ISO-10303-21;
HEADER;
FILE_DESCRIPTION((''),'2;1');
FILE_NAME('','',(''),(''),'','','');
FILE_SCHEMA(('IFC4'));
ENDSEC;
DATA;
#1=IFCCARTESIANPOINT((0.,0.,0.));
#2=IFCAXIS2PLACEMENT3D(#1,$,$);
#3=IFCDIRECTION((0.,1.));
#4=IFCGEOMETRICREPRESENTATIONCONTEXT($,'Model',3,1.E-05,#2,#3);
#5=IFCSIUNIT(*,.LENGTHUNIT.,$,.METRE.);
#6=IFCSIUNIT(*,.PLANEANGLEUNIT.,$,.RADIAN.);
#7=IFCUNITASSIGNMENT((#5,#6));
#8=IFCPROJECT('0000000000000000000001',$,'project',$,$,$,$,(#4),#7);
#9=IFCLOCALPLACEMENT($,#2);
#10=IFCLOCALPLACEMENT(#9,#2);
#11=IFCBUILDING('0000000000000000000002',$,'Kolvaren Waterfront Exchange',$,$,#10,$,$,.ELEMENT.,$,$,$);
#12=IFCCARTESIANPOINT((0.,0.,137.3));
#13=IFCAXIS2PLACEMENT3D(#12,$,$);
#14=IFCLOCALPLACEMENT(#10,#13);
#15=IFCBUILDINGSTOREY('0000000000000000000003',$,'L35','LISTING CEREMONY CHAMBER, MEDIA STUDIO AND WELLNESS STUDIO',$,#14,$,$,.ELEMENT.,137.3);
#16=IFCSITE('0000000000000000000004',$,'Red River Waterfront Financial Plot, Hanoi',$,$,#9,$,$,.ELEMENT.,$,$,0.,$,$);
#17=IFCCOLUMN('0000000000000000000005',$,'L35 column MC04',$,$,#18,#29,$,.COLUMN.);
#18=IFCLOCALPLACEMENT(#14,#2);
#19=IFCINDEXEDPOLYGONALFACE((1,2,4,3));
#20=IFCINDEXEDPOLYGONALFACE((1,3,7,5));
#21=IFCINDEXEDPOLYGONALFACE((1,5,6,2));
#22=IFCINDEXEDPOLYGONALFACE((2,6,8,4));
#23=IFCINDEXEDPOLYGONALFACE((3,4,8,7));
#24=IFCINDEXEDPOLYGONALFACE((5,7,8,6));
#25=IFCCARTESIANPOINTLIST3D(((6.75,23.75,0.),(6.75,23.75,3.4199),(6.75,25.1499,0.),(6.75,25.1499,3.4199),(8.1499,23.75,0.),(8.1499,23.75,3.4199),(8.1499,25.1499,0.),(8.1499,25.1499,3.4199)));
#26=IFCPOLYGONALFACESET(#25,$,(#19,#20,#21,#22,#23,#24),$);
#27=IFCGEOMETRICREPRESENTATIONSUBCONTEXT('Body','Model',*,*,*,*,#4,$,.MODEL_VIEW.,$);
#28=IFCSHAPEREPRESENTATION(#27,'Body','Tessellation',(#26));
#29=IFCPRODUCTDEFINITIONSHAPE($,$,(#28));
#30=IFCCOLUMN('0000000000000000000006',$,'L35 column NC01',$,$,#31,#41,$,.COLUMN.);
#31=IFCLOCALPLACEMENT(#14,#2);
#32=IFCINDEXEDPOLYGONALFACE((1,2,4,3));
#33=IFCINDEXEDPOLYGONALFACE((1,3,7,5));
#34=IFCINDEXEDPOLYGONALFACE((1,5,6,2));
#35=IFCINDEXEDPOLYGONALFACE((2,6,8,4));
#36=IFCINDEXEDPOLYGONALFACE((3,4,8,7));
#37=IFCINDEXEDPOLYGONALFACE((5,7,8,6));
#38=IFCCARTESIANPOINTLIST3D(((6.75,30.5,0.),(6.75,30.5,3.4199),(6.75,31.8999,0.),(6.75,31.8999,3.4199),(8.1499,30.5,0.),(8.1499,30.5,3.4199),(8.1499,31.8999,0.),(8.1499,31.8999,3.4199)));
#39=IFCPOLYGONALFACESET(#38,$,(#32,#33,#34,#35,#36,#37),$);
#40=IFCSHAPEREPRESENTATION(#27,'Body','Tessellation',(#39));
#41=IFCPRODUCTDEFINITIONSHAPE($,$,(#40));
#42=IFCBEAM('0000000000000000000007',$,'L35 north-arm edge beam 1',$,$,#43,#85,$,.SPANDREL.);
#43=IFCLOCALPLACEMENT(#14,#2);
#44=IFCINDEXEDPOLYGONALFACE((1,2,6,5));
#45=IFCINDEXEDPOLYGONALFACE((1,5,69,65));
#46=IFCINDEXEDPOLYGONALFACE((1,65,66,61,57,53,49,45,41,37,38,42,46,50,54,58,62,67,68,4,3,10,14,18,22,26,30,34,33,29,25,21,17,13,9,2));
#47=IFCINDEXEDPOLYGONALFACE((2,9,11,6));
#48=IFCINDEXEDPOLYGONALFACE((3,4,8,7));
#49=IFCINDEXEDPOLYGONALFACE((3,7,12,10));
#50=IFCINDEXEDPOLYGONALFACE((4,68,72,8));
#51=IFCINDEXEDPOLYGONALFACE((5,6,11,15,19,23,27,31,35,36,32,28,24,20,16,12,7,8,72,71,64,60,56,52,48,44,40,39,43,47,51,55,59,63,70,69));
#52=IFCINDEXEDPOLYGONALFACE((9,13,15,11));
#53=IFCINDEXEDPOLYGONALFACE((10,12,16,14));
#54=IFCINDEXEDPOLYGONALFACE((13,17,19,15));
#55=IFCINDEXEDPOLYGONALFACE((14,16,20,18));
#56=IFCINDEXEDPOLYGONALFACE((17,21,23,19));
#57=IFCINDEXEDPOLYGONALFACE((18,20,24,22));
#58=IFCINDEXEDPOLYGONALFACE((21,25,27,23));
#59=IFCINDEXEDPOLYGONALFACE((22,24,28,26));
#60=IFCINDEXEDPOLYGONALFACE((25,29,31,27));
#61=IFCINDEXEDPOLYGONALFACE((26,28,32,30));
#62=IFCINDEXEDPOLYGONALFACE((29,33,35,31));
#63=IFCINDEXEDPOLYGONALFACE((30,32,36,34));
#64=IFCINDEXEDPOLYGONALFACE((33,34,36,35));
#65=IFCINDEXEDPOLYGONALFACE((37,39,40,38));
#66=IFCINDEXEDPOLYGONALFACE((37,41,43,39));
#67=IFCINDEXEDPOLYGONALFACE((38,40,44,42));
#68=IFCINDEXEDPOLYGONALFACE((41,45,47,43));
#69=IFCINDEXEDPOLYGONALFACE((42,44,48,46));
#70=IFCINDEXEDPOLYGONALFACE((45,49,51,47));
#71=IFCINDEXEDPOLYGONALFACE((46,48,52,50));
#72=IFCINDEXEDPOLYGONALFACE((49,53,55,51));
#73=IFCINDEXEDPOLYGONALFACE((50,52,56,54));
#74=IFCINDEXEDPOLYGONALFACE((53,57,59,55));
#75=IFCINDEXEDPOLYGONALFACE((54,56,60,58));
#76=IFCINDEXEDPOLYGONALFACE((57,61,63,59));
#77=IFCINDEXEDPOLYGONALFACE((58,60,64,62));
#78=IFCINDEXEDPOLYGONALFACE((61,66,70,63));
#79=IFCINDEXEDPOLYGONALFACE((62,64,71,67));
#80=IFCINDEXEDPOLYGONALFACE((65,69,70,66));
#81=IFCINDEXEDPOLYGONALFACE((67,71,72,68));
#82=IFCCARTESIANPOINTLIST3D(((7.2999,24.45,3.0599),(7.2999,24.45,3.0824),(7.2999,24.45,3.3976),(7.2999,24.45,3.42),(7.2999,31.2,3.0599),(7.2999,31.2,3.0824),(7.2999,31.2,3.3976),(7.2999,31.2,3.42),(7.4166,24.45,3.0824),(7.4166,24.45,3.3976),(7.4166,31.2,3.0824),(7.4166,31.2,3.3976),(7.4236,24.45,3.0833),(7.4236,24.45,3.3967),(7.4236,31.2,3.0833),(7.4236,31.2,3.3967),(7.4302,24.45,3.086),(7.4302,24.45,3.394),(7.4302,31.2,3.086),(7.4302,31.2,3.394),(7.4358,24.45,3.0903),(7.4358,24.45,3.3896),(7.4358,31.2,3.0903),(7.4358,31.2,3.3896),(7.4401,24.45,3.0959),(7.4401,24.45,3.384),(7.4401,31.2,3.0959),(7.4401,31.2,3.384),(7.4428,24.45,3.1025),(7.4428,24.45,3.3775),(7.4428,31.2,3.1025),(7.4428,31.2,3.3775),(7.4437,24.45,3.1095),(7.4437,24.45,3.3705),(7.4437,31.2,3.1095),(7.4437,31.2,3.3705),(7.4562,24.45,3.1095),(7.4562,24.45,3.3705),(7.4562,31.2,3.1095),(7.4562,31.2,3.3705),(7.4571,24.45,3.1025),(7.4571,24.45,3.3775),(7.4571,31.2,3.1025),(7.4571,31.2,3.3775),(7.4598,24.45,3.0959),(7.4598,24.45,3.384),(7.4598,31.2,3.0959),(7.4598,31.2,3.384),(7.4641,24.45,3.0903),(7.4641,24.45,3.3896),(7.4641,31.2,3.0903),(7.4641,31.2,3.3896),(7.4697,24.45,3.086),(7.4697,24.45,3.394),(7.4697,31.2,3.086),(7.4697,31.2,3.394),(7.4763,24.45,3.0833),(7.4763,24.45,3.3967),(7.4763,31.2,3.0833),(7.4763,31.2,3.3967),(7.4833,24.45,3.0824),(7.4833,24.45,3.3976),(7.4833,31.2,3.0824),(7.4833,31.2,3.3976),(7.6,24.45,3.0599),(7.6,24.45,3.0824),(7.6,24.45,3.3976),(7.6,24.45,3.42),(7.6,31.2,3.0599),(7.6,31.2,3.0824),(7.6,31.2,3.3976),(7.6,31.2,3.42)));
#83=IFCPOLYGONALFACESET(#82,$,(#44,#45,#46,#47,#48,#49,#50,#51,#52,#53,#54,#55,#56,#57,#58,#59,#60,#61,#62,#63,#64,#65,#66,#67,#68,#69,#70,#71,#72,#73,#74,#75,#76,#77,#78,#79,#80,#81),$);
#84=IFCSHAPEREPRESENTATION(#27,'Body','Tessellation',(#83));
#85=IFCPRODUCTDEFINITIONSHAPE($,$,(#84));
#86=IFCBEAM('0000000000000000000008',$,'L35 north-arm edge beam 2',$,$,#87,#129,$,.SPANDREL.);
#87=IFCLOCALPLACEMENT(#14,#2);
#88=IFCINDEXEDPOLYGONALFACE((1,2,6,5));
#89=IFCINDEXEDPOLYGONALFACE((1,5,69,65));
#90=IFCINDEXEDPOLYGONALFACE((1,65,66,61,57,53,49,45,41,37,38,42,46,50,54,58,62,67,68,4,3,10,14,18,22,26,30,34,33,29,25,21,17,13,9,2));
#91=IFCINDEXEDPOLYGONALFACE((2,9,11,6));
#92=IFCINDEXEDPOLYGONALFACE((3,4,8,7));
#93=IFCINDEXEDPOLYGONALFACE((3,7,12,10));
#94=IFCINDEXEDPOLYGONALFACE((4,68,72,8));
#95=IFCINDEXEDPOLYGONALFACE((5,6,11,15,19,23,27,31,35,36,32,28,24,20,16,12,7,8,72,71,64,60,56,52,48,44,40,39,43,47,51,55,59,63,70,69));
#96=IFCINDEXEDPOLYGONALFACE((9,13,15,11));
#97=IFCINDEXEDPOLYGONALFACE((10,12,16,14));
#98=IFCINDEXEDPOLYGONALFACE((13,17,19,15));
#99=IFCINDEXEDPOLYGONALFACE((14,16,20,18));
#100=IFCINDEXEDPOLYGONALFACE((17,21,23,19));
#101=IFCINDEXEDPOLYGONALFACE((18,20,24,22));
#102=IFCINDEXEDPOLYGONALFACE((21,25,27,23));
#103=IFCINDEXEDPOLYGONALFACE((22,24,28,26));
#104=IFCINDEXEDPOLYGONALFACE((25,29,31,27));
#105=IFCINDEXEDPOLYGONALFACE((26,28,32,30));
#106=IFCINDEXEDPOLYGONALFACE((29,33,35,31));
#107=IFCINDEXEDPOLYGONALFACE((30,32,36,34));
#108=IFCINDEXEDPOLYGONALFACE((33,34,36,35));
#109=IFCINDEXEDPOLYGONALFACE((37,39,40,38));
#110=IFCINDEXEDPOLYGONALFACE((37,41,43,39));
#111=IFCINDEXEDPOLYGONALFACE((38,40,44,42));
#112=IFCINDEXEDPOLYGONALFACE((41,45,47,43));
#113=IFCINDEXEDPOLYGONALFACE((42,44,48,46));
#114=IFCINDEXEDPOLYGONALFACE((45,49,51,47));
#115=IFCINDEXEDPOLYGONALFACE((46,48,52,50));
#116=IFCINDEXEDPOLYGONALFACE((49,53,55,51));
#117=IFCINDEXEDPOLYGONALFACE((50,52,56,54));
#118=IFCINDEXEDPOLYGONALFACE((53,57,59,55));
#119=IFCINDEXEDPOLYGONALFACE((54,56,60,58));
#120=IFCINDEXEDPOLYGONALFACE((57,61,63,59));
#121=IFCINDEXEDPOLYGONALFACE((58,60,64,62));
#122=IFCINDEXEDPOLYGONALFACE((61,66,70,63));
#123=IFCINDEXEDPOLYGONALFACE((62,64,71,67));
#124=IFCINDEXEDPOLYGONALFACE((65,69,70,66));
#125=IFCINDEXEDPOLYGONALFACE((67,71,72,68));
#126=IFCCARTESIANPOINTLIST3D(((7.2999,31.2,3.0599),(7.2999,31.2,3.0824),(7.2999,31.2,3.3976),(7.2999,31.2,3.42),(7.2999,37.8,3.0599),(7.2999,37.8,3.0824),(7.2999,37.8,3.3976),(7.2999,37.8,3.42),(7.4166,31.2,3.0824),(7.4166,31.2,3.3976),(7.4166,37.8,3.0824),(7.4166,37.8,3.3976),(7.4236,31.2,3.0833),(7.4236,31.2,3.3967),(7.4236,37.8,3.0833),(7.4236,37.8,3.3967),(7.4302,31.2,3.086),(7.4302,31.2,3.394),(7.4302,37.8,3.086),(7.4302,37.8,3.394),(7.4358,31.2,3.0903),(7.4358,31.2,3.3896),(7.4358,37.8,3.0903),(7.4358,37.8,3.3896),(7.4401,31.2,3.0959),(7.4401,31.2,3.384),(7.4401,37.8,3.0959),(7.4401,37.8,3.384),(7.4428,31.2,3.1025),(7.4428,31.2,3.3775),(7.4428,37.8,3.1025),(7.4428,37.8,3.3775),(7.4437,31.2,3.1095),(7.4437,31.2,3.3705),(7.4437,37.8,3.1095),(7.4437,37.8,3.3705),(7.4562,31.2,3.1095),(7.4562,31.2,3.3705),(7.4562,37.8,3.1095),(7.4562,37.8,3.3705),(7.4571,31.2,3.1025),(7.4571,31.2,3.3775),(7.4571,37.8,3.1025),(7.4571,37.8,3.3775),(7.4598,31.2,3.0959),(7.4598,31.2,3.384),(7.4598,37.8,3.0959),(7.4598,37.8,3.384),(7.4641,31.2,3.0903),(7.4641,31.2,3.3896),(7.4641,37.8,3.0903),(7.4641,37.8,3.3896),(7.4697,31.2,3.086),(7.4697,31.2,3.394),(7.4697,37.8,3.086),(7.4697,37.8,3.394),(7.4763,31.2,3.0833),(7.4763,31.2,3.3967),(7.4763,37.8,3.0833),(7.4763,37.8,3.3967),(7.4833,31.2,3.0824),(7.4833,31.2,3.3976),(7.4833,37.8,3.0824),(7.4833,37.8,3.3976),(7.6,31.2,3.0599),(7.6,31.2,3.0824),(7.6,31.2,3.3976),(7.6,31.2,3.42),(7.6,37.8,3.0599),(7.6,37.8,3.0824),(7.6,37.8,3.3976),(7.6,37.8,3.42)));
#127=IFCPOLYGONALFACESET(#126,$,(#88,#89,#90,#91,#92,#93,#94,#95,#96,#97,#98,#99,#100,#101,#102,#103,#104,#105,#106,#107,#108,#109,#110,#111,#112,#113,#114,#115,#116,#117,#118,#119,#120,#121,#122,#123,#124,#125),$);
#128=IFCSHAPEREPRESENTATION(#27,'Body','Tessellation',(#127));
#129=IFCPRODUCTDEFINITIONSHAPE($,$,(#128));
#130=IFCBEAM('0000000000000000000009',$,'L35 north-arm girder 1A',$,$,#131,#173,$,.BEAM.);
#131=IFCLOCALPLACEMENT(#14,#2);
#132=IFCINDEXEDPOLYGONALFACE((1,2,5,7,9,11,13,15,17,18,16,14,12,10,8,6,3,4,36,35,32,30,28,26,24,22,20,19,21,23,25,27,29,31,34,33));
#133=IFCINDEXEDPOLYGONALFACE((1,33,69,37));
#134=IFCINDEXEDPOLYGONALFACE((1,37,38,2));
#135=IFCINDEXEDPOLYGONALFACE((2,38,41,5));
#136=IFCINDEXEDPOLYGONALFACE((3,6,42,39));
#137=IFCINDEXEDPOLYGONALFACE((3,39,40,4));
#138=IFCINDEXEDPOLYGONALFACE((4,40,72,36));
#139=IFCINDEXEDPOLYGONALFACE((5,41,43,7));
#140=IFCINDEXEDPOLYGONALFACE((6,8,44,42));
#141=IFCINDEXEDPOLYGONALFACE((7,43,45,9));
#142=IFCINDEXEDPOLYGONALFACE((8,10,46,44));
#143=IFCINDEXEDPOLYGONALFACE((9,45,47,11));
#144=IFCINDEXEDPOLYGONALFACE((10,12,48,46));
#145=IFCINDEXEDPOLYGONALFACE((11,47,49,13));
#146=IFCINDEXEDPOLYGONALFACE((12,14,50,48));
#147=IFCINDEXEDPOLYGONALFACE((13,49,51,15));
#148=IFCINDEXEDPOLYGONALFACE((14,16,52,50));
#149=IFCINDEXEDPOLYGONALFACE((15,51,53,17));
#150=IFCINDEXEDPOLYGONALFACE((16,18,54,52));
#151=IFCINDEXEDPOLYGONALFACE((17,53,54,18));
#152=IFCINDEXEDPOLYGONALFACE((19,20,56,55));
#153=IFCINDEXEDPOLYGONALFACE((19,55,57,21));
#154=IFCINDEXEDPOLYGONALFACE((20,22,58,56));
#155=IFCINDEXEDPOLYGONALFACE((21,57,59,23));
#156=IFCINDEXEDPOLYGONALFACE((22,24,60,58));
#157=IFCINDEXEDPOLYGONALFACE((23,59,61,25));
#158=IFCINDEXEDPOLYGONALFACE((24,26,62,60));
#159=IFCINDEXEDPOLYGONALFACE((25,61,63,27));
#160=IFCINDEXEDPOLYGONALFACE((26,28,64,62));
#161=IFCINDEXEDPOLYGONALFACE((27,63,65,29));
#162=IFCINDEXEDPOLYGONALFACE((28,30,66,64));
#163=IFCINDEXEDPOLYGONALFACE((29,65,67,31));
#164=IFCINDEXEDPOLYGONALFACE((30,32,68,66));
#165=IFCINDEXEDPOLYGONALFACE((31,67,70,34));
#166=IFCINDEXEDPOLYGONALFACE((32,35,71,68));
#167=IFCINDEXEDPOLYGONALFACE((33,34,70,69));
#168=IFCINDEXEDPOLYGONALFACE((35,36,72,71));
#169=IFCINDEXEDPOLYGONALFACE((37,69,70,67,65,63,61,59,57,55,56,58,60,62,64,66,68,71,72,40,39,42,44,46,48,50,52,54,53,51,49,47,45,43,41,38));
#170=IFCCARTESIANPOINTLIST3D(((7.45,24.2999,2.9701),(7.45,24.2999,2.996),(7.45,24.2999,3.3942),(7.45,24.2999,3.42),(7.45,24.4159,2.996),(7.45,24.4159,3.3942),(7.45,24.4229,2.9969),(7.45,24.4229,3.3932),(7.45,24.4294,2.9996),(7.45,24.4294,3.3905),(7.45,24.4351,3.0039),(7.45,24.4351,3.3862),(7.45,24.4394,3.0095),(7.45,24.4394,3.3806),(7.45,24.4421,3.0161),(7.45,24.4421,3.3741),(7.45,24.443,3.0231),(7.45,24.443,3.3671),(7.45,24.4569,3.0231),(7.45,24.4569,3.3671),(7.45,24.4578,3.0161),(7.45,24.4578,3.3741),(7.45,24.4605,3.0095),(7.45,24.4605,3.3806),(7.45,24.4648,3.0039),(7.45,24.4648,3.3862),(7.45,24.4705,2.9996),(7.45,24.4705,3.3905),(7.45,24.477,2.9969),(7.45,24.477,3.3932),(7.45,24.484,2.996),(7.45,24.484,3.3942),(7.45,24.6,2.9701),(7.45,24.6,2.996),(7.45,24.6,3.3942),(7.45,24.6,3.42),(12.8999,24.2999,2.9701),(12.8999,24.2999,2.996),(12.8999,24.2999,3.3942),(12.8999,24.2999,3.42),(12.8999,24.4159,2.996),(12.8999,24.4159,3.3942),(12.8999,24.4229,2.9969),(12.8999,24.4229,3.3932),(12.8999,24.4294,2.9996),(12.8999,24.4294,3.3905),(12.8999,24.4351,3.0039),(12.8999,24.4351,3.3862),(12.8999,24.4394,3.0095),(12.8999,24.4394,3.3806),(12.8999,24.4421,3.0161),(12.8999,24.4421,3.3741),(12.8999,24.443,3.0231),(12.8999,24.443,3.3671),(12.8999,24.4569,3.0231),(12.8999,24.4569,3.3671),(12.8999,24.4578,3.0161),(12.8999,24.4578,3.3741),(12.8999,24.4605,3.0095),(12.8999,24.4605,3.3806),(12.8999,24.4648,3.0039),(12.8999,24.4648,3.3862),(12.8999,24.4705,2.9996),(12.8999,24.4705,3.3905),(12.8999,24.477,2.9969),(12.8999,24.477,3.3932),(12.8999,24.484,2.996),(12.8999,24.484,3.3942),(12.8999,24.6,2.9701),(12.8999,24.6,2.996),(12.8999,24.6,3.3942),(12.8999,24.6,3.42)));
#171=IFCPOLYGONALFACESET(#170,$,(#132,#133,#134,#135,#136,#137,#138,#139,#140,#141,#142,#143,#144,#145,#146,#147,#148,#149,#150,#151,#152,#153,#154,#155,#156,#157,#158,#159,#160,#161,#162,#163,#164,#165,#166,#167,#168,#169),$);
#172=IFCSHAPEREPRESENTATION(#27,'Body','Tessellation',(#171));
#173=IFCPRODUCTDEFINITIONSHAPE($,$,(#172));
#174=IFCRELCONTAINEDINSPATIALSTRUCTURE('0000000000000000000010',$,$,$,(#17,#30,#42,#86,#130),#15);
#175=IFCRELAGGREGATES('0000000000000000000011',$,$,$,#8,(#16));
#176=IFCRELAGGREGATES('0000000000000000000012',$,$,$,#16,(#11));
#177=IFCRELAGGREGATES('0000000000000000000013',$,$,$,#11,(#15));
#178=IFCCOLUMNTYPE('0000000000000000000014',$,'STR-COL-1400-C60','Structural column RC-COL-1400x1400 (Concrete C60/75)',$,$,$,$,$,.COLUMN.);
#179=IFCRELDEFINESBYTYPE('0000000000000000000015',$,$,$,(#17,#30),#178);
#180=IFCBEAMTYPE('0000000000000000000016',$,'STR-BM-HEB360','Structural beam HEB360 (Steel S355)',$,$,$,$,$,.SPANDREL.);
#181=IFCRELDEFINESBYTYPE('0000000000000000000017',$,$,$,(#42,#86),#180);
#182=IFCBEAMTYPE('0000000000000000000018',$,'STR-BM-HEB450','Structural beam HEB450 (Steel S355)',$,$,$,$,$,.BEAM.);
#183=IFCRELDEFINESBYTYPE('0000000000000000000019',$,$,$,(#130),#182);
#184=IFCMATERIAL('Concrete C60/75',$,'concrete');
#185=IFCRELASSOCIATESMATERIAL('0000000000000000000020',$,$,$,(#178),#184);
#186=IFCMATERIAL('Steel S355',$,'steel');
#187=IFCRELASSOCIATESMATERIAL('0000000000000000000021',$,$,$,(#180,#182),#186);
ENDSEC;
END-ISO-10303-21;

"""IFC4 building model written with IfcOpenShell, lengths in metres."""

from ifc_helpers import new_model, si_unit, direction, frame, origin, origin_2d, place, context, subcontext, project, spatial, rectangle, i_section, extrude, material, material_profile, profile_set, type_object, element, save


model = new_model("IFC4")

# Units and contexts
model_context = context("Model", 3, precision=1e-05, world=origin(), true_north=direction((0.0, 1.0)))
body_context = subcontext(model_context, "Body", "Model", "MODEL_VIEW")
ifc_project = project(units=[si_unit("LENGTHUNIT", "METRE"), si_unit("PLANEANGLEUNIT", "RADIAN")], contexts=[model_context])

# Site, building, storey
site_placement = place(None, origin())
site = spatial("IfcSite", under=ifc_project, at=site_placement, Name="Red River Waterfront Financial Plot, Hanoi", CompositionType="ELEMENT", RefElevation=0.0)
building_placement = place(site_placement, origin())
building = spatial("IfcBuilding", under=site, at=building_placement, Name="Kolvaren Waterfront Exchange", CompositionType="ELEMENT")
storey_placement = place(building_placement, frame((0.0, 0.0, 137.3)))
storey = spatial("IfcBuildingStorey", under=building, at=storey_placement, Name="L35", Description="LISTING CEREMONY CHAMBER, MEDIA STUDIO AND WELLNESS STUDIO", CompositionType="ELEMENT", Elevation=137.3)

# Columns
ifc_material_1 = material(Name="Concrete C60/75", Category="concrete")
ifc_material_profile_1 = material_profile(ifc_material_1, rectangle(XDim=1.3999, YDim=1.3999, at=origin_2d()), Name="RC-COL-1400x1400")
ifc_profile_set_1 = profile_set([ifc_material_profile_1], Name="Concrete C60/75")
column_type = type_object("IfcColumnType", Name="STR-COL-1400-C60", Description="Structural column RC-COL-1400x1400 (Concrete C60/75)", PredefinedType="COLUMN", material=ifc_profile_set_1)
for number, where, z_axis, x_axis, name in (
    (1, (7.45, 24.45, 0.0), (0.0, 0.0, 1.0), (1.0, 0.0, 0.0), "L35 column MC04"),
    (2, (7.45, 31.2, 0.0), (0.0, 0.0, 1.0), (1.0, 0.0, 0.0), "L35 column NC01"),
):
    element("IfcColumn", number, at=place(storey_placement, frame(where, z_axis=z_axis, x_axis=x_axis)), inside=storey, type_object=column_type, Name=name, PredefinedType="COLUMN", context=body_context, shape_type="SweptSolid", body=[
        extrude(rectangle(XDim=1.3999, YDim=1.3999, at=origin_2d()), origin(), (0.0, 0.0, 1.0), 3.4199),
    ])

# Beams
ifc_material_2 = material(Name="Steel S355", Category="steel")
ifc_material_profile_2 = material_profile(ifc_material_2, i_section(OverallWidth=0.3, OverallDepth=0.3601, WebThickness=0.0125, FlangeThickness=0.0225, FilletRadius=0.0271, at=origin_2d()), Name="HEB360")
ifc_profile_set_2 = profile_set([ifc_material_profile_2], Name="Steel S355")
beam_type_1 = type_object("IfcBeamType", Name="STR-BM-HEB360", Description="Structural beam HEB360 (Steel S355)", PredefinedType="SPANDREL", material=ifc_profile_set_2)
beam_1_placement = place(storey_placement, frame((7.45, 24.45, 3.24), z_axis=(0.0, 1.0, 0.0), x_axis=(-1.0, 0.0, 0.0)))
element("IfcBeam", 3, at=beam_1_placement, inside=storey, type_object=beam_type_1, Name="L35 north-arm edge beam 1", PredefinedType="SPANDREL", context=body_context, shape_type="SweptSolid", body=[
    extrude(i_section(OverallWidth=0.3, OverallDepth=0.3601, WebThickness=0.0125, FlangeThickness=0.0225, FilletRadius=0.0271, at=origin_2d()), origin(), (0.0, 0.0, 1.0), 6.75),
])
beam_2_placement = place(storey_placement, frame((7.45, 31.2, 3.24), z_axis=(0.0, 1.0, 0.0), x_axis=(-1.0, 0.0, 0.0)))
element("IfcBeam", 4, at=beam_2_placement, inside=storey, type_object=beam_type_1, Name="L35 north-arm edge beam 2", PredefinedType="SPANDREL", context=body_context, shape_type="SweptSolid", body=[
    extrude(i_section(OverallWidth=0.3, OverallDepth=0.3601, WebThickness=0.0125, FlangeThickness=0.0225, FilletRadius=0.0271, at=origin_2d()), origin(), (0.0, 0.0, 1.0), 6.6001),
])
ifc_material_profile_3 = material_profile(ifc_material_2, i_section(OverallWidth=0.3, OverallDepth=0.45, WebThickness=0.0139, FlangeThickness=0.0259, FilletRadius=0.0271, at=origin_2d()), Name="HEB450")
ifc_profile_set_3 = profile_set([ifc_material_profile_3], Name="Steel S355")
beam_type_2 = type_object("IfcBeamType", Name="STR-BM-HEB450", Description="Structural beam HEB450 (Steel S355)", PredefinedType="BEAM", material=ifc_profile_set_3)
for number, where, z_axis, x_axis, name in (
    (5, (7.45, 24.45, 3.1951), (1.0, 0.0, 0.0), (0.0, 1.0, 0.0), "L35 north-arm girder 1A"),
):
    element("IfcBeam", number, at=place(storey_placement, frame(where, z_axis=z_axis, x_axis=x_axis)), inside=storey, type_object=beam_type_2, Name=name, PredefinedType="BEAM", context=body_context, shape_type="SweptSolid", body=[
        extrude(i_section(OverallWidth=0.3, OverallDepth=0.45, WebThickness=0.0139, FlangeThickness=0.0259, FilletRadius=0.0271, at=origin_2d()), origin(), (0.0, 0.0, 1.0), 5.45),
    ])

save(model, "model.ifc")
